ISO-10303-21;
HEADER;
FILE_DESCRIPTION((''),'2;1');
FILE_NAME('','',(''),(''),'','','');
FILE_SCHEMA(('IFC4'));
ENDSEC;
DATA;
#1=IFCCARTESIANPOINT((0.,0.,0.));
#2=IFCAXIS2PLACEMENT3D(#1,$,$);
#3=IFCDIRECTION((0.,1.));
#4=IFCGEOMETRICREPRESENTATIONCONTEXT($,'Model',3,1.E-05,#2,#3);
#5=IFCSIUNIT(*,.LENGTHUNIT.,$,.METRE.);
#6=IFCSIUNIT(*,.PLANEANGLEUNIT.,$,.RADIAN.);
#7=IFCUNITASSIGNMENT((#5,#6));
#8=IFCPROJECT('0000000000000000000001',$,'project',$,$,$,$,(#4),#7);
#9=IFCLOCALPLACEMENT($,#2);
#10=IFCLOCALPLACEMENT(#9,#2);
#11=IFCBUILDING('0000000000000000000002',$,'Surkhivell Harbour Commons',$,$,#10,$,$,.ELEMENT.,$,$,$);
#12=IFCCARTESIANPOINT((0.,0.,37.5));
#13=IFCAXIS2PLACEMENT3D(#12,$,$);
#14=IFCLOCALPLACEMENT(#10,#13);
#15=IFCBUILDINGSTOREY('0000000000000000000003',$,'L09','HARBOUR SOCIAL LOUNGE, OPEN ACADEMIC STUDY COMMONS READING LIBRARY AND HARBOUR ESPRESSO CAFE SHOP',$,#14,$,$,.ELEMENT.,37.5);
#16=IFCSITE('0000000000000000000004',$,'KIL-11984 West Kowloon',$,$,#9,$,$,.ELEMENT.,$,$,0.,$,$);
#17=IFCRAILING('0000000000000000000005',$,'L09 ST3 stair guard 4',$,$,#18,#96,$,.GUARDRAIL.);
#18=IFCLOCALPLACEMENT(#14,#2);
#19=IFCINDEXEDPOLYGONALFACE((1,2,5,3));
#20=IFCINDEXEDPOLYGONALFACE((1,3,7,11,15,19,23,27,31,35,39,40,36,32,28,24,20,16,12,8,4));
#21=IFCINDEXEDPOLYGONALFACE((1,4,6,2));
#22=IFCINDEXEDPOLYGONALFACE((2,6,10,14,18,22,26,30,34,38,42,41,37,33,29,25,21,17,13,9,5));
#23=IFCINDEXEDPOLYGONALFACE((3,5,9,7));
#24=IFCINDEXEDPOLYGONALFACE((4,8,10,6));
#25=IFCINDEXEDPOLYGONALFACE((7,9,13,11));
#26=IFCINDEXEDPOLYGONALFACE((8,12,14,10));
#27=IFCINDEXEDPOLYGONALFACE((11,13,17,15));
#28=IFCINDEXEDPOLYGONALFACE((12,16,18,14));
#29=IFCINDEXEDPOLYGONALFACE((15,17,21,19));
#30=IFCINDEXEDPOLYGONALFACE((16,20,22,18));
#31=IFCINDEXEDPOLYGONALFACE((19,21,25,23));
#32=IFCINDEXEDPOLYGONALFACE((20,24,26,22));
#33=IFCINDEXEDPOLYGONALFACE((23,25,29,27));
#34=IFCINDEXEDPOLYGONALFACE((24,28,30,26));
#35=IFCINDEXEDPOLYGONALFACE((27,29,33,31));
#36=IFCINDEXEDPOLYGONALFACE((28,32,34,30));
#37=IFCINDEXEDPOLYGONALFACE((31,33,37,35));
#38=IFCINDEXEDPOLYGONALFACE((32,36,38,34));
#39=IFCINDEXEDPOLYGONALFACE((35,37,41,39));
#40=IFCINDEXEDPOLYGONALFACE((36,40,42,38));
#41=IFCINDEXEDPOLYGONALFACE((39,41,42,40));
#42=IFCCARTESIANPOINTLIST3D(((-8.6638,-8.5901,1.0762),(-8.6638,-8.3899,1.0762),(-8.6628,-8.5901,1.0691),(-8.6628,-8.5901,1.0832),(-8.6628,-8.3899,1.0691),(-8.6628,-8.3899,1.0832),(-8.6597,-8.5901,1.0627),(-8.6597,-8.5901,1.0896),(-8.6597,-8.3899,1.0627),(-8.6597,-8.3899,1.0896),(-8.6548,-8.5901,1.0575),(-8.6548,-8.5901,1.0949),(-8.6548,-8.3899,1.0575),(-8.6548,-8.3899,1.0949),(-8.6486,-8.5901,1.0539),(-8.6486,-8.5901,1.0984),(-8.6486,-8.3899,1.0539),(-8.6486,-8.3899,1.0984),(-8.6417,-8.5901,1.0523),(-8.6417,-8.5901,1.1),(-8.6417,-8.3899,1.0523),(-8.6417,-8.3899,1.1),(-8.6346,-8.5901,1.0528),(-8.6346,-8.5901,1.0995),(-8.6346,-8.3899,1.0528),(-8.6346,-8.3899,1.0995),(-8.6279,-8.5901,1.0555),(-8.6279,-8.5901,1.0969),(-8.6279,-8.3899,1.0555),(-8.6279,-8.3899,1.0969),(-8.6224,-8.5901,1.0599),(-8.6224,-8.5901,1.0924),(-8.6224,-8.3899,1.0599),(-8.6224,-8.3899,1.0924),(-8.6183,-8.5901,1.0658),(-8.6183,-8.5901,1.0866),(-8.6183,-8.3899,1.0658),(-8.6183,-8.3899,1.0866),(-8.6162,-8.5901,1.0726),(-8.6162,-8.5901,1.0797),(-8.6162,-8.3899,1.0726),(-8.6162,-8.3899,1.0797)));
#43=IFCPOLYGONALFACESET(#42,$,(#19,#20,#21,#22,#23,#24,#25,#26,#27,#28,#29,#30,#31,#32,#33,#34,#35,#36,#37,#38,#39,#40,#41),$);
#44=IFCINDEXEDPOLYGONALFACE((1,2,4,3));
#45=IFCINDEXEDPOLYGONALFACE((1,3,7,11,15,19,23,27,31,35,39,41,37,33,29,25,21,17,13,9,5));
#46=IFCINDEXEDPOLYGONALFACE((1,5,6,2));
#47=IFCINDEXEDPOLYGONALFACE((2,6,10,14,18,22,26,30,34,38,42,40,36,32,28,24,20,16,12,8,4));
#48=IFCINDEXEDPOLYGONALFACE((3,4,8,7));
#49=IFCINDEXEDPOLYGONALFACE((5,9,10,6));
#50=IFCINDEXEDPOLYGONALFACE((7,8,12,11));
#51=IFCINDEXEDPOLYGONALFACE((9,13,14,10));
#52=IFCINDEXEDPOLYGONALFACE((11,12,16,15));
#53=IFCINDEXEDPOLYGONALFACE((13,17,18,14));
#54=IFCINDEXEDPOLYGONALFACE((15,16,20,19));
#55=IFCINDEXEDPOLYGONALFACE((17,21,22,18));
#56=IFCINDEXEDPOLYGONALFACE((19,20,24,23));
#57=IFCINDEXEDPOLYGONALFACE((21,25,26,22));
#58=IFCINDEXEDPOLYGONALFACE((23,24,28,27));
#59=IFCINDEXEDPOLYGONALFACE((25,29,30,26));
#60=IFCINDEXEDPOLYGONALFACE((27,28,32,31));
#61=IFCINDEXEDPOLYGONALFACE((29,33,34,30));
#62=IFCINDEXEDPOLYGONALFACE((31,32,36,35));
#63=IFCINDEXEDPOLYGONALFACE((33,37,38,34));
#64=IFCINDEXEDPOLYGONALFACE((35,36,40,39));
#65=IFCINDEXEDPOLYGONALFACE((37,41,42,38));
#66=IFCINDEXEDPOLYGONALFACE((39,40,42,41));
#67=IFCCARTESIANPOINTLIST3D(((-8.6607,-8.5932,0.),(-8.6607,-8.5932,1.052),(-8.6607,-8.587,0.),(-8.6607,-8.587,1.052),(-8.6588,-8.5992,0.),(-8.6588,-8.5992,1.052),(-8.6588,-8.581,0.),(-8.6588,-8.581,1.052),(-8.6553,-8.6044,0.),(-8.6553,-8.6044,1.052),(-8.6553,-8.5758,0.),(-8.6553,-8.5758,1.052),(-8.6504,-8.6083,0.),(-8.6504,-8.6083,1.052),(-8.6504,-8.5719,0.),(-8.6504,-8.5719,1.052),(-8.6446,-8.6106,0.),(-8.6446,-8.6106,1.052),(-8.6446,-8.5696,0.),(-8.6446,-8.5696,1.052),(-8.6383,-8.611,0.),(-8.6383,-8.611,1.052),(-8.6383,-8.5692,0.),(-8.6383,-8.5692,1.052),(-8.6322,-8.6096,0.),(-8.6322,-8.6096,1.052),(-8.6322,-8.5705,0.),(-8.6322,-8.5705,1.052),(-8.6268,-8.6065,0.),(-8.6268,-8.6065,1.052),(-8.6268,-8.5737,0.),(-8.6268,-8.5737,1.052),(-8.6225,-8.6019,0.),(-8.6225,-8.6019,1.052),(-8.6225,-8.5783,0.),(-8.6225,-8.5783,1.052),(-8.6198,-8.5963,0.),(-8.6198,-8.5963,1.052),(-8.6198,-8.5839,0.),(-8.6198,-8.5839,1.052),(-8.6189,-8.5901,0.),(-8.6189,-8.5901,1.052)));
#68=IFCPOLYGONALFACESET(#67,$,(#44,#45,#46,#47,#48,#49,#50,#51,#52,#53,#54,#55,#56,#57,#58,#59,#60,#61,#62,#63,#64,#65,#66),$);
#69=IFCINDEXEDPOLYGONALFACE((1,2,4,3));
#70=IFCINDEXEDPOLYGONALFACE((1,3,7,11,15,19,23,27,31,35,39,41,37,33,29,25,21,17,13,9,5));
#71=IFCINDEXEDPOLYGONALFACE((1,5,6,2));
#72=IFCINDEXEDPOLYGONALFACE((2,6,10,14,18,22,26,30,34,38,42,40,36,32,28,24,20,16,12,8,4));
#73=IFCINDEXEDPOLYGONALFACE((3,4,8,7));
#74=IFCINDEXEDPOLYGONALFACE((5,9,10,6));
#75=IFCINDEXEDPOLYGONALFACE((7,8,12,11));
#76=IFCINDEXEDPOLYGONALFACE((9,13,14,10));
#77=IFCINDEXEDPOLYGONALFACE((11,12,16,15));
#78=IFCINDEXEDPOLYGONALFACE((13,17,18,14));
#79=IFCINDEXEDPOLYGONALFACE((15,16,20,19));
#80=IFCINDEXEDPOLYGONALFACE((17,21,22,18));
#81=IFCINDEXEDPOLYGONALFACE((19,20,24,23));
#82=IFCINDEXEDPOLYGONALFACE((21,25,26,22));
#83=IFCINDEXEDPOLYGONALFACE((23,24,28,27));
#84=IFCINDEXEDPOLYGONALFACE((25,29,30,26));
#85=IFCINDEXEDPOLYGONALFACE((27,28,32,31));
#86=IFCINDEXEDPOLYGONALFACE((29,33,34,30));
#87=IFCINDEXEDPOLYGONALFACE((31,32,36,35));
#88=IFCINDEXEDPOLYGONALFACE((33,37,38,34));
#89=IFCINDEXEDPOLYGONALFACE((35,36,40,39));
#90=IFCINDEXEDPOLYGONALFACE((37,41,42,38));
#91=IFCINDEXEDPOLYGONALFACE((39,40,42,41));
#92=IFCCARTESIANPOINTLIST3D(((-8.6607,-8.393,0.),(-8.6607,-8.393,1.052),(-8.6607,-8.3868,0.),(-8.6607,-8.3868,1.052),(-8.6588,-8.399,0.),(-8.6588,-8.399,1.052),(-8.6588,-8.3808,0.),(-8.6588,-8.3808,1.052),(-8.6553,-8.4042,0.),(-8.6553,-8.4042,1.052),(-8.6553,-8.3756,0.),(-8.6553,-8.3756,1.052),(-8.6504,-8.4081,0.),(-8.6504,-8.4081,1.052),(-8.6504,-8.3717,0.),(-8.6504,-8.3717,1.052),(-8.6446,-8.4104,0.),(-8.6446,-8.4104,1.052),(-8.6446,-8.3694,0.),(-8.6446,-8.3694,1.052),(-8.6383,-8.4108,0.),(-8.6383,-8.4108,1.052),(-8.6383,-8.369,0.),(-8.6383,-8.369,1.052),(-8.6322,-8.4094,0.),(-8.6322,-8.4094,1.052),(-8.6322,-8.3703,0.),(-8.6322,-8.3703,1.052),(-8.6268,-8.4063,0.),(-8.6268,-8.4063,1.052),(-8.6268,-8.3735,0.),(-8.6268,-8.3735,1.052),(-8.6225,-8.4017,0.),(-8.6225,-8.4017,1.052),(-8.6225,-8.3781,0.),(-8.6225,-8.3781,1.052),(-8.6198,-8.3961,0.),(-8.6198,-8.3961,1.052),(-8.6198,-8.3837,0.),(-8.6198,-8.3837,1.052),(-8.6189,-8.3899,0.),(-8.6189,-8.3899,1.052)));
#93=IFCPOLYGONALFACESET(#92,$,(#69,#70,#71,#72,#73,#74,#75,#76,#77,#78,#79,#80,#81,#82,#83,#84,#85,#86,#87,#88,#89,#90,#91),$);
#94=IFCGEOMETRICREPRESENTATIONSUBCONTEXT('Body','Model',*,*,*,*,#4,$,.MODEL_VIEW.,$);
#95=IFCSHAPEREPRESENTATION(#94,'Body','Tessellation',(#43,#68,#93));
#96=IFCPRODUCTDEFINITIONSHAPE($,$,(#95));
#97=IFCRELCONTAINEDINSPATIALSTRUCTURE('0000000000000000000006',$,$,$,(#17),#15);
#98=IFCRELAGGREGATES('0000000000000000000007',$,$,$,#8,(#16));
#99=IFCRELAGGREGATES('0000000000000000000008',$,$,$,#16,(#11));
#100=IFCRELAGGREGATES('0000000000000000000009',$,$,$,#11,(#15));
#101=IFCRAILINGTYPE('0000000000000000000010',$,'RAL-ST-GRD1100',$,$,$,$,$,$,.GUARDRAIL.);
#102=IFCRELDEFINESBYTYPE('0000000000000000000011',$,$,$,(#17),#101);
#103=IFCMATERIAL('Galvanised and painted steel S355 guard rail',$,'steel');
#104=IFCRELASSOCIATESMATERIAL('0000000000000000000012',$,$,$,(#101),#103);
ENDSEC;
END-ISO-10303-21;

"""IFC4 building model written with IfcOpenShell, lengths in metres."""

from ifc_helpers import new_model, si_unit, direction, frame, origin, origin_2d, place, context, subcontext, project, spatial, circle, extrude, material, type_object, element, save


model = new_model("IFC4")

# Units and contexts
model_context = context("Model", 3, precision=1e-05, world=origin(), true_north=direction((0.0, 1.0)))
body_context = subcontext(model_context, "Body", "Model", "MODEL_VIEW")
ifc_project = project(units=[si_unit("LENGTHUNIT", "METRE"), si_unit("PLANEANGLEUNIT", "RADIAN")], contexts=[model_context])

# Site, building, storey
site_placement = place(None, origin())
site = spatial("IfcSite", under=ifc_project, at=site_placement, Name="KIL-11984 West Kowloon", CompositionType="ELEMENT", RefElevation=0.0)
building_placement = place(site_placement, origin())
building = spatial("IfcBuilding", under=site, at=building_placement, Name="Surkhivell Harbour Commons", CompositionType="ELEMENT")
storey_placement = place(building_placement, frame((0.0, 0.0, 37.5)))
storey = spatial("IfcBuildingStorey", under=building, at=storey_placement, Name="L09", Description="HARBOUR SOCIAL LOUNGE, OPEN ACADEMIC STUDY COMMONS READING LIBRARY AND HARBOUR ESPRESSO CAFE SHOP", CompositionType="ELEMENT", Elevation=37.5)

# Railing
ifc_material_1 = material(Name="Galvanised and painted steel S355 guard rail", Category="steel")
railing_type_1 = type_object("IfcRailingType", Name="RAL-ST-GRD1100", PredefinedType="GUARDRAIL", material=ifc_material_1)
railing_1_placement = place(storey_placement, frame((-8.6399, -8.5901, 0.0)))
element("IfcRailing", 1, at=railing_1_placement, inside=storey, type_object=railing_type_1, Name="L09 ST3 stair guard 4", PredefinedType="GUARDRAIL", context=body_context, shape_type="SweptSolid", body=[
    extrude(circle(Radius=0.0239, at=origin_2d()), frame((0.0, 0.0, 1.0762), z_axis=(0.0, 1.0, 0.0), x_axis=(-1.0, 0.0, 0.0)), (0.0, 0.0, 1.0), 0.2002),
    extrude(circle(Radius=0.021, at=origin_2d()), origin(), (0.0, 0.0, 1.0), 1.052),
    extrude(circle(Radius=0.021, at=origin_2d()), frame((0.0, 0.2002, 0.0)), (0.0, 0.0, 1.0), 1.052),
])

save(model, "model.ifc")
